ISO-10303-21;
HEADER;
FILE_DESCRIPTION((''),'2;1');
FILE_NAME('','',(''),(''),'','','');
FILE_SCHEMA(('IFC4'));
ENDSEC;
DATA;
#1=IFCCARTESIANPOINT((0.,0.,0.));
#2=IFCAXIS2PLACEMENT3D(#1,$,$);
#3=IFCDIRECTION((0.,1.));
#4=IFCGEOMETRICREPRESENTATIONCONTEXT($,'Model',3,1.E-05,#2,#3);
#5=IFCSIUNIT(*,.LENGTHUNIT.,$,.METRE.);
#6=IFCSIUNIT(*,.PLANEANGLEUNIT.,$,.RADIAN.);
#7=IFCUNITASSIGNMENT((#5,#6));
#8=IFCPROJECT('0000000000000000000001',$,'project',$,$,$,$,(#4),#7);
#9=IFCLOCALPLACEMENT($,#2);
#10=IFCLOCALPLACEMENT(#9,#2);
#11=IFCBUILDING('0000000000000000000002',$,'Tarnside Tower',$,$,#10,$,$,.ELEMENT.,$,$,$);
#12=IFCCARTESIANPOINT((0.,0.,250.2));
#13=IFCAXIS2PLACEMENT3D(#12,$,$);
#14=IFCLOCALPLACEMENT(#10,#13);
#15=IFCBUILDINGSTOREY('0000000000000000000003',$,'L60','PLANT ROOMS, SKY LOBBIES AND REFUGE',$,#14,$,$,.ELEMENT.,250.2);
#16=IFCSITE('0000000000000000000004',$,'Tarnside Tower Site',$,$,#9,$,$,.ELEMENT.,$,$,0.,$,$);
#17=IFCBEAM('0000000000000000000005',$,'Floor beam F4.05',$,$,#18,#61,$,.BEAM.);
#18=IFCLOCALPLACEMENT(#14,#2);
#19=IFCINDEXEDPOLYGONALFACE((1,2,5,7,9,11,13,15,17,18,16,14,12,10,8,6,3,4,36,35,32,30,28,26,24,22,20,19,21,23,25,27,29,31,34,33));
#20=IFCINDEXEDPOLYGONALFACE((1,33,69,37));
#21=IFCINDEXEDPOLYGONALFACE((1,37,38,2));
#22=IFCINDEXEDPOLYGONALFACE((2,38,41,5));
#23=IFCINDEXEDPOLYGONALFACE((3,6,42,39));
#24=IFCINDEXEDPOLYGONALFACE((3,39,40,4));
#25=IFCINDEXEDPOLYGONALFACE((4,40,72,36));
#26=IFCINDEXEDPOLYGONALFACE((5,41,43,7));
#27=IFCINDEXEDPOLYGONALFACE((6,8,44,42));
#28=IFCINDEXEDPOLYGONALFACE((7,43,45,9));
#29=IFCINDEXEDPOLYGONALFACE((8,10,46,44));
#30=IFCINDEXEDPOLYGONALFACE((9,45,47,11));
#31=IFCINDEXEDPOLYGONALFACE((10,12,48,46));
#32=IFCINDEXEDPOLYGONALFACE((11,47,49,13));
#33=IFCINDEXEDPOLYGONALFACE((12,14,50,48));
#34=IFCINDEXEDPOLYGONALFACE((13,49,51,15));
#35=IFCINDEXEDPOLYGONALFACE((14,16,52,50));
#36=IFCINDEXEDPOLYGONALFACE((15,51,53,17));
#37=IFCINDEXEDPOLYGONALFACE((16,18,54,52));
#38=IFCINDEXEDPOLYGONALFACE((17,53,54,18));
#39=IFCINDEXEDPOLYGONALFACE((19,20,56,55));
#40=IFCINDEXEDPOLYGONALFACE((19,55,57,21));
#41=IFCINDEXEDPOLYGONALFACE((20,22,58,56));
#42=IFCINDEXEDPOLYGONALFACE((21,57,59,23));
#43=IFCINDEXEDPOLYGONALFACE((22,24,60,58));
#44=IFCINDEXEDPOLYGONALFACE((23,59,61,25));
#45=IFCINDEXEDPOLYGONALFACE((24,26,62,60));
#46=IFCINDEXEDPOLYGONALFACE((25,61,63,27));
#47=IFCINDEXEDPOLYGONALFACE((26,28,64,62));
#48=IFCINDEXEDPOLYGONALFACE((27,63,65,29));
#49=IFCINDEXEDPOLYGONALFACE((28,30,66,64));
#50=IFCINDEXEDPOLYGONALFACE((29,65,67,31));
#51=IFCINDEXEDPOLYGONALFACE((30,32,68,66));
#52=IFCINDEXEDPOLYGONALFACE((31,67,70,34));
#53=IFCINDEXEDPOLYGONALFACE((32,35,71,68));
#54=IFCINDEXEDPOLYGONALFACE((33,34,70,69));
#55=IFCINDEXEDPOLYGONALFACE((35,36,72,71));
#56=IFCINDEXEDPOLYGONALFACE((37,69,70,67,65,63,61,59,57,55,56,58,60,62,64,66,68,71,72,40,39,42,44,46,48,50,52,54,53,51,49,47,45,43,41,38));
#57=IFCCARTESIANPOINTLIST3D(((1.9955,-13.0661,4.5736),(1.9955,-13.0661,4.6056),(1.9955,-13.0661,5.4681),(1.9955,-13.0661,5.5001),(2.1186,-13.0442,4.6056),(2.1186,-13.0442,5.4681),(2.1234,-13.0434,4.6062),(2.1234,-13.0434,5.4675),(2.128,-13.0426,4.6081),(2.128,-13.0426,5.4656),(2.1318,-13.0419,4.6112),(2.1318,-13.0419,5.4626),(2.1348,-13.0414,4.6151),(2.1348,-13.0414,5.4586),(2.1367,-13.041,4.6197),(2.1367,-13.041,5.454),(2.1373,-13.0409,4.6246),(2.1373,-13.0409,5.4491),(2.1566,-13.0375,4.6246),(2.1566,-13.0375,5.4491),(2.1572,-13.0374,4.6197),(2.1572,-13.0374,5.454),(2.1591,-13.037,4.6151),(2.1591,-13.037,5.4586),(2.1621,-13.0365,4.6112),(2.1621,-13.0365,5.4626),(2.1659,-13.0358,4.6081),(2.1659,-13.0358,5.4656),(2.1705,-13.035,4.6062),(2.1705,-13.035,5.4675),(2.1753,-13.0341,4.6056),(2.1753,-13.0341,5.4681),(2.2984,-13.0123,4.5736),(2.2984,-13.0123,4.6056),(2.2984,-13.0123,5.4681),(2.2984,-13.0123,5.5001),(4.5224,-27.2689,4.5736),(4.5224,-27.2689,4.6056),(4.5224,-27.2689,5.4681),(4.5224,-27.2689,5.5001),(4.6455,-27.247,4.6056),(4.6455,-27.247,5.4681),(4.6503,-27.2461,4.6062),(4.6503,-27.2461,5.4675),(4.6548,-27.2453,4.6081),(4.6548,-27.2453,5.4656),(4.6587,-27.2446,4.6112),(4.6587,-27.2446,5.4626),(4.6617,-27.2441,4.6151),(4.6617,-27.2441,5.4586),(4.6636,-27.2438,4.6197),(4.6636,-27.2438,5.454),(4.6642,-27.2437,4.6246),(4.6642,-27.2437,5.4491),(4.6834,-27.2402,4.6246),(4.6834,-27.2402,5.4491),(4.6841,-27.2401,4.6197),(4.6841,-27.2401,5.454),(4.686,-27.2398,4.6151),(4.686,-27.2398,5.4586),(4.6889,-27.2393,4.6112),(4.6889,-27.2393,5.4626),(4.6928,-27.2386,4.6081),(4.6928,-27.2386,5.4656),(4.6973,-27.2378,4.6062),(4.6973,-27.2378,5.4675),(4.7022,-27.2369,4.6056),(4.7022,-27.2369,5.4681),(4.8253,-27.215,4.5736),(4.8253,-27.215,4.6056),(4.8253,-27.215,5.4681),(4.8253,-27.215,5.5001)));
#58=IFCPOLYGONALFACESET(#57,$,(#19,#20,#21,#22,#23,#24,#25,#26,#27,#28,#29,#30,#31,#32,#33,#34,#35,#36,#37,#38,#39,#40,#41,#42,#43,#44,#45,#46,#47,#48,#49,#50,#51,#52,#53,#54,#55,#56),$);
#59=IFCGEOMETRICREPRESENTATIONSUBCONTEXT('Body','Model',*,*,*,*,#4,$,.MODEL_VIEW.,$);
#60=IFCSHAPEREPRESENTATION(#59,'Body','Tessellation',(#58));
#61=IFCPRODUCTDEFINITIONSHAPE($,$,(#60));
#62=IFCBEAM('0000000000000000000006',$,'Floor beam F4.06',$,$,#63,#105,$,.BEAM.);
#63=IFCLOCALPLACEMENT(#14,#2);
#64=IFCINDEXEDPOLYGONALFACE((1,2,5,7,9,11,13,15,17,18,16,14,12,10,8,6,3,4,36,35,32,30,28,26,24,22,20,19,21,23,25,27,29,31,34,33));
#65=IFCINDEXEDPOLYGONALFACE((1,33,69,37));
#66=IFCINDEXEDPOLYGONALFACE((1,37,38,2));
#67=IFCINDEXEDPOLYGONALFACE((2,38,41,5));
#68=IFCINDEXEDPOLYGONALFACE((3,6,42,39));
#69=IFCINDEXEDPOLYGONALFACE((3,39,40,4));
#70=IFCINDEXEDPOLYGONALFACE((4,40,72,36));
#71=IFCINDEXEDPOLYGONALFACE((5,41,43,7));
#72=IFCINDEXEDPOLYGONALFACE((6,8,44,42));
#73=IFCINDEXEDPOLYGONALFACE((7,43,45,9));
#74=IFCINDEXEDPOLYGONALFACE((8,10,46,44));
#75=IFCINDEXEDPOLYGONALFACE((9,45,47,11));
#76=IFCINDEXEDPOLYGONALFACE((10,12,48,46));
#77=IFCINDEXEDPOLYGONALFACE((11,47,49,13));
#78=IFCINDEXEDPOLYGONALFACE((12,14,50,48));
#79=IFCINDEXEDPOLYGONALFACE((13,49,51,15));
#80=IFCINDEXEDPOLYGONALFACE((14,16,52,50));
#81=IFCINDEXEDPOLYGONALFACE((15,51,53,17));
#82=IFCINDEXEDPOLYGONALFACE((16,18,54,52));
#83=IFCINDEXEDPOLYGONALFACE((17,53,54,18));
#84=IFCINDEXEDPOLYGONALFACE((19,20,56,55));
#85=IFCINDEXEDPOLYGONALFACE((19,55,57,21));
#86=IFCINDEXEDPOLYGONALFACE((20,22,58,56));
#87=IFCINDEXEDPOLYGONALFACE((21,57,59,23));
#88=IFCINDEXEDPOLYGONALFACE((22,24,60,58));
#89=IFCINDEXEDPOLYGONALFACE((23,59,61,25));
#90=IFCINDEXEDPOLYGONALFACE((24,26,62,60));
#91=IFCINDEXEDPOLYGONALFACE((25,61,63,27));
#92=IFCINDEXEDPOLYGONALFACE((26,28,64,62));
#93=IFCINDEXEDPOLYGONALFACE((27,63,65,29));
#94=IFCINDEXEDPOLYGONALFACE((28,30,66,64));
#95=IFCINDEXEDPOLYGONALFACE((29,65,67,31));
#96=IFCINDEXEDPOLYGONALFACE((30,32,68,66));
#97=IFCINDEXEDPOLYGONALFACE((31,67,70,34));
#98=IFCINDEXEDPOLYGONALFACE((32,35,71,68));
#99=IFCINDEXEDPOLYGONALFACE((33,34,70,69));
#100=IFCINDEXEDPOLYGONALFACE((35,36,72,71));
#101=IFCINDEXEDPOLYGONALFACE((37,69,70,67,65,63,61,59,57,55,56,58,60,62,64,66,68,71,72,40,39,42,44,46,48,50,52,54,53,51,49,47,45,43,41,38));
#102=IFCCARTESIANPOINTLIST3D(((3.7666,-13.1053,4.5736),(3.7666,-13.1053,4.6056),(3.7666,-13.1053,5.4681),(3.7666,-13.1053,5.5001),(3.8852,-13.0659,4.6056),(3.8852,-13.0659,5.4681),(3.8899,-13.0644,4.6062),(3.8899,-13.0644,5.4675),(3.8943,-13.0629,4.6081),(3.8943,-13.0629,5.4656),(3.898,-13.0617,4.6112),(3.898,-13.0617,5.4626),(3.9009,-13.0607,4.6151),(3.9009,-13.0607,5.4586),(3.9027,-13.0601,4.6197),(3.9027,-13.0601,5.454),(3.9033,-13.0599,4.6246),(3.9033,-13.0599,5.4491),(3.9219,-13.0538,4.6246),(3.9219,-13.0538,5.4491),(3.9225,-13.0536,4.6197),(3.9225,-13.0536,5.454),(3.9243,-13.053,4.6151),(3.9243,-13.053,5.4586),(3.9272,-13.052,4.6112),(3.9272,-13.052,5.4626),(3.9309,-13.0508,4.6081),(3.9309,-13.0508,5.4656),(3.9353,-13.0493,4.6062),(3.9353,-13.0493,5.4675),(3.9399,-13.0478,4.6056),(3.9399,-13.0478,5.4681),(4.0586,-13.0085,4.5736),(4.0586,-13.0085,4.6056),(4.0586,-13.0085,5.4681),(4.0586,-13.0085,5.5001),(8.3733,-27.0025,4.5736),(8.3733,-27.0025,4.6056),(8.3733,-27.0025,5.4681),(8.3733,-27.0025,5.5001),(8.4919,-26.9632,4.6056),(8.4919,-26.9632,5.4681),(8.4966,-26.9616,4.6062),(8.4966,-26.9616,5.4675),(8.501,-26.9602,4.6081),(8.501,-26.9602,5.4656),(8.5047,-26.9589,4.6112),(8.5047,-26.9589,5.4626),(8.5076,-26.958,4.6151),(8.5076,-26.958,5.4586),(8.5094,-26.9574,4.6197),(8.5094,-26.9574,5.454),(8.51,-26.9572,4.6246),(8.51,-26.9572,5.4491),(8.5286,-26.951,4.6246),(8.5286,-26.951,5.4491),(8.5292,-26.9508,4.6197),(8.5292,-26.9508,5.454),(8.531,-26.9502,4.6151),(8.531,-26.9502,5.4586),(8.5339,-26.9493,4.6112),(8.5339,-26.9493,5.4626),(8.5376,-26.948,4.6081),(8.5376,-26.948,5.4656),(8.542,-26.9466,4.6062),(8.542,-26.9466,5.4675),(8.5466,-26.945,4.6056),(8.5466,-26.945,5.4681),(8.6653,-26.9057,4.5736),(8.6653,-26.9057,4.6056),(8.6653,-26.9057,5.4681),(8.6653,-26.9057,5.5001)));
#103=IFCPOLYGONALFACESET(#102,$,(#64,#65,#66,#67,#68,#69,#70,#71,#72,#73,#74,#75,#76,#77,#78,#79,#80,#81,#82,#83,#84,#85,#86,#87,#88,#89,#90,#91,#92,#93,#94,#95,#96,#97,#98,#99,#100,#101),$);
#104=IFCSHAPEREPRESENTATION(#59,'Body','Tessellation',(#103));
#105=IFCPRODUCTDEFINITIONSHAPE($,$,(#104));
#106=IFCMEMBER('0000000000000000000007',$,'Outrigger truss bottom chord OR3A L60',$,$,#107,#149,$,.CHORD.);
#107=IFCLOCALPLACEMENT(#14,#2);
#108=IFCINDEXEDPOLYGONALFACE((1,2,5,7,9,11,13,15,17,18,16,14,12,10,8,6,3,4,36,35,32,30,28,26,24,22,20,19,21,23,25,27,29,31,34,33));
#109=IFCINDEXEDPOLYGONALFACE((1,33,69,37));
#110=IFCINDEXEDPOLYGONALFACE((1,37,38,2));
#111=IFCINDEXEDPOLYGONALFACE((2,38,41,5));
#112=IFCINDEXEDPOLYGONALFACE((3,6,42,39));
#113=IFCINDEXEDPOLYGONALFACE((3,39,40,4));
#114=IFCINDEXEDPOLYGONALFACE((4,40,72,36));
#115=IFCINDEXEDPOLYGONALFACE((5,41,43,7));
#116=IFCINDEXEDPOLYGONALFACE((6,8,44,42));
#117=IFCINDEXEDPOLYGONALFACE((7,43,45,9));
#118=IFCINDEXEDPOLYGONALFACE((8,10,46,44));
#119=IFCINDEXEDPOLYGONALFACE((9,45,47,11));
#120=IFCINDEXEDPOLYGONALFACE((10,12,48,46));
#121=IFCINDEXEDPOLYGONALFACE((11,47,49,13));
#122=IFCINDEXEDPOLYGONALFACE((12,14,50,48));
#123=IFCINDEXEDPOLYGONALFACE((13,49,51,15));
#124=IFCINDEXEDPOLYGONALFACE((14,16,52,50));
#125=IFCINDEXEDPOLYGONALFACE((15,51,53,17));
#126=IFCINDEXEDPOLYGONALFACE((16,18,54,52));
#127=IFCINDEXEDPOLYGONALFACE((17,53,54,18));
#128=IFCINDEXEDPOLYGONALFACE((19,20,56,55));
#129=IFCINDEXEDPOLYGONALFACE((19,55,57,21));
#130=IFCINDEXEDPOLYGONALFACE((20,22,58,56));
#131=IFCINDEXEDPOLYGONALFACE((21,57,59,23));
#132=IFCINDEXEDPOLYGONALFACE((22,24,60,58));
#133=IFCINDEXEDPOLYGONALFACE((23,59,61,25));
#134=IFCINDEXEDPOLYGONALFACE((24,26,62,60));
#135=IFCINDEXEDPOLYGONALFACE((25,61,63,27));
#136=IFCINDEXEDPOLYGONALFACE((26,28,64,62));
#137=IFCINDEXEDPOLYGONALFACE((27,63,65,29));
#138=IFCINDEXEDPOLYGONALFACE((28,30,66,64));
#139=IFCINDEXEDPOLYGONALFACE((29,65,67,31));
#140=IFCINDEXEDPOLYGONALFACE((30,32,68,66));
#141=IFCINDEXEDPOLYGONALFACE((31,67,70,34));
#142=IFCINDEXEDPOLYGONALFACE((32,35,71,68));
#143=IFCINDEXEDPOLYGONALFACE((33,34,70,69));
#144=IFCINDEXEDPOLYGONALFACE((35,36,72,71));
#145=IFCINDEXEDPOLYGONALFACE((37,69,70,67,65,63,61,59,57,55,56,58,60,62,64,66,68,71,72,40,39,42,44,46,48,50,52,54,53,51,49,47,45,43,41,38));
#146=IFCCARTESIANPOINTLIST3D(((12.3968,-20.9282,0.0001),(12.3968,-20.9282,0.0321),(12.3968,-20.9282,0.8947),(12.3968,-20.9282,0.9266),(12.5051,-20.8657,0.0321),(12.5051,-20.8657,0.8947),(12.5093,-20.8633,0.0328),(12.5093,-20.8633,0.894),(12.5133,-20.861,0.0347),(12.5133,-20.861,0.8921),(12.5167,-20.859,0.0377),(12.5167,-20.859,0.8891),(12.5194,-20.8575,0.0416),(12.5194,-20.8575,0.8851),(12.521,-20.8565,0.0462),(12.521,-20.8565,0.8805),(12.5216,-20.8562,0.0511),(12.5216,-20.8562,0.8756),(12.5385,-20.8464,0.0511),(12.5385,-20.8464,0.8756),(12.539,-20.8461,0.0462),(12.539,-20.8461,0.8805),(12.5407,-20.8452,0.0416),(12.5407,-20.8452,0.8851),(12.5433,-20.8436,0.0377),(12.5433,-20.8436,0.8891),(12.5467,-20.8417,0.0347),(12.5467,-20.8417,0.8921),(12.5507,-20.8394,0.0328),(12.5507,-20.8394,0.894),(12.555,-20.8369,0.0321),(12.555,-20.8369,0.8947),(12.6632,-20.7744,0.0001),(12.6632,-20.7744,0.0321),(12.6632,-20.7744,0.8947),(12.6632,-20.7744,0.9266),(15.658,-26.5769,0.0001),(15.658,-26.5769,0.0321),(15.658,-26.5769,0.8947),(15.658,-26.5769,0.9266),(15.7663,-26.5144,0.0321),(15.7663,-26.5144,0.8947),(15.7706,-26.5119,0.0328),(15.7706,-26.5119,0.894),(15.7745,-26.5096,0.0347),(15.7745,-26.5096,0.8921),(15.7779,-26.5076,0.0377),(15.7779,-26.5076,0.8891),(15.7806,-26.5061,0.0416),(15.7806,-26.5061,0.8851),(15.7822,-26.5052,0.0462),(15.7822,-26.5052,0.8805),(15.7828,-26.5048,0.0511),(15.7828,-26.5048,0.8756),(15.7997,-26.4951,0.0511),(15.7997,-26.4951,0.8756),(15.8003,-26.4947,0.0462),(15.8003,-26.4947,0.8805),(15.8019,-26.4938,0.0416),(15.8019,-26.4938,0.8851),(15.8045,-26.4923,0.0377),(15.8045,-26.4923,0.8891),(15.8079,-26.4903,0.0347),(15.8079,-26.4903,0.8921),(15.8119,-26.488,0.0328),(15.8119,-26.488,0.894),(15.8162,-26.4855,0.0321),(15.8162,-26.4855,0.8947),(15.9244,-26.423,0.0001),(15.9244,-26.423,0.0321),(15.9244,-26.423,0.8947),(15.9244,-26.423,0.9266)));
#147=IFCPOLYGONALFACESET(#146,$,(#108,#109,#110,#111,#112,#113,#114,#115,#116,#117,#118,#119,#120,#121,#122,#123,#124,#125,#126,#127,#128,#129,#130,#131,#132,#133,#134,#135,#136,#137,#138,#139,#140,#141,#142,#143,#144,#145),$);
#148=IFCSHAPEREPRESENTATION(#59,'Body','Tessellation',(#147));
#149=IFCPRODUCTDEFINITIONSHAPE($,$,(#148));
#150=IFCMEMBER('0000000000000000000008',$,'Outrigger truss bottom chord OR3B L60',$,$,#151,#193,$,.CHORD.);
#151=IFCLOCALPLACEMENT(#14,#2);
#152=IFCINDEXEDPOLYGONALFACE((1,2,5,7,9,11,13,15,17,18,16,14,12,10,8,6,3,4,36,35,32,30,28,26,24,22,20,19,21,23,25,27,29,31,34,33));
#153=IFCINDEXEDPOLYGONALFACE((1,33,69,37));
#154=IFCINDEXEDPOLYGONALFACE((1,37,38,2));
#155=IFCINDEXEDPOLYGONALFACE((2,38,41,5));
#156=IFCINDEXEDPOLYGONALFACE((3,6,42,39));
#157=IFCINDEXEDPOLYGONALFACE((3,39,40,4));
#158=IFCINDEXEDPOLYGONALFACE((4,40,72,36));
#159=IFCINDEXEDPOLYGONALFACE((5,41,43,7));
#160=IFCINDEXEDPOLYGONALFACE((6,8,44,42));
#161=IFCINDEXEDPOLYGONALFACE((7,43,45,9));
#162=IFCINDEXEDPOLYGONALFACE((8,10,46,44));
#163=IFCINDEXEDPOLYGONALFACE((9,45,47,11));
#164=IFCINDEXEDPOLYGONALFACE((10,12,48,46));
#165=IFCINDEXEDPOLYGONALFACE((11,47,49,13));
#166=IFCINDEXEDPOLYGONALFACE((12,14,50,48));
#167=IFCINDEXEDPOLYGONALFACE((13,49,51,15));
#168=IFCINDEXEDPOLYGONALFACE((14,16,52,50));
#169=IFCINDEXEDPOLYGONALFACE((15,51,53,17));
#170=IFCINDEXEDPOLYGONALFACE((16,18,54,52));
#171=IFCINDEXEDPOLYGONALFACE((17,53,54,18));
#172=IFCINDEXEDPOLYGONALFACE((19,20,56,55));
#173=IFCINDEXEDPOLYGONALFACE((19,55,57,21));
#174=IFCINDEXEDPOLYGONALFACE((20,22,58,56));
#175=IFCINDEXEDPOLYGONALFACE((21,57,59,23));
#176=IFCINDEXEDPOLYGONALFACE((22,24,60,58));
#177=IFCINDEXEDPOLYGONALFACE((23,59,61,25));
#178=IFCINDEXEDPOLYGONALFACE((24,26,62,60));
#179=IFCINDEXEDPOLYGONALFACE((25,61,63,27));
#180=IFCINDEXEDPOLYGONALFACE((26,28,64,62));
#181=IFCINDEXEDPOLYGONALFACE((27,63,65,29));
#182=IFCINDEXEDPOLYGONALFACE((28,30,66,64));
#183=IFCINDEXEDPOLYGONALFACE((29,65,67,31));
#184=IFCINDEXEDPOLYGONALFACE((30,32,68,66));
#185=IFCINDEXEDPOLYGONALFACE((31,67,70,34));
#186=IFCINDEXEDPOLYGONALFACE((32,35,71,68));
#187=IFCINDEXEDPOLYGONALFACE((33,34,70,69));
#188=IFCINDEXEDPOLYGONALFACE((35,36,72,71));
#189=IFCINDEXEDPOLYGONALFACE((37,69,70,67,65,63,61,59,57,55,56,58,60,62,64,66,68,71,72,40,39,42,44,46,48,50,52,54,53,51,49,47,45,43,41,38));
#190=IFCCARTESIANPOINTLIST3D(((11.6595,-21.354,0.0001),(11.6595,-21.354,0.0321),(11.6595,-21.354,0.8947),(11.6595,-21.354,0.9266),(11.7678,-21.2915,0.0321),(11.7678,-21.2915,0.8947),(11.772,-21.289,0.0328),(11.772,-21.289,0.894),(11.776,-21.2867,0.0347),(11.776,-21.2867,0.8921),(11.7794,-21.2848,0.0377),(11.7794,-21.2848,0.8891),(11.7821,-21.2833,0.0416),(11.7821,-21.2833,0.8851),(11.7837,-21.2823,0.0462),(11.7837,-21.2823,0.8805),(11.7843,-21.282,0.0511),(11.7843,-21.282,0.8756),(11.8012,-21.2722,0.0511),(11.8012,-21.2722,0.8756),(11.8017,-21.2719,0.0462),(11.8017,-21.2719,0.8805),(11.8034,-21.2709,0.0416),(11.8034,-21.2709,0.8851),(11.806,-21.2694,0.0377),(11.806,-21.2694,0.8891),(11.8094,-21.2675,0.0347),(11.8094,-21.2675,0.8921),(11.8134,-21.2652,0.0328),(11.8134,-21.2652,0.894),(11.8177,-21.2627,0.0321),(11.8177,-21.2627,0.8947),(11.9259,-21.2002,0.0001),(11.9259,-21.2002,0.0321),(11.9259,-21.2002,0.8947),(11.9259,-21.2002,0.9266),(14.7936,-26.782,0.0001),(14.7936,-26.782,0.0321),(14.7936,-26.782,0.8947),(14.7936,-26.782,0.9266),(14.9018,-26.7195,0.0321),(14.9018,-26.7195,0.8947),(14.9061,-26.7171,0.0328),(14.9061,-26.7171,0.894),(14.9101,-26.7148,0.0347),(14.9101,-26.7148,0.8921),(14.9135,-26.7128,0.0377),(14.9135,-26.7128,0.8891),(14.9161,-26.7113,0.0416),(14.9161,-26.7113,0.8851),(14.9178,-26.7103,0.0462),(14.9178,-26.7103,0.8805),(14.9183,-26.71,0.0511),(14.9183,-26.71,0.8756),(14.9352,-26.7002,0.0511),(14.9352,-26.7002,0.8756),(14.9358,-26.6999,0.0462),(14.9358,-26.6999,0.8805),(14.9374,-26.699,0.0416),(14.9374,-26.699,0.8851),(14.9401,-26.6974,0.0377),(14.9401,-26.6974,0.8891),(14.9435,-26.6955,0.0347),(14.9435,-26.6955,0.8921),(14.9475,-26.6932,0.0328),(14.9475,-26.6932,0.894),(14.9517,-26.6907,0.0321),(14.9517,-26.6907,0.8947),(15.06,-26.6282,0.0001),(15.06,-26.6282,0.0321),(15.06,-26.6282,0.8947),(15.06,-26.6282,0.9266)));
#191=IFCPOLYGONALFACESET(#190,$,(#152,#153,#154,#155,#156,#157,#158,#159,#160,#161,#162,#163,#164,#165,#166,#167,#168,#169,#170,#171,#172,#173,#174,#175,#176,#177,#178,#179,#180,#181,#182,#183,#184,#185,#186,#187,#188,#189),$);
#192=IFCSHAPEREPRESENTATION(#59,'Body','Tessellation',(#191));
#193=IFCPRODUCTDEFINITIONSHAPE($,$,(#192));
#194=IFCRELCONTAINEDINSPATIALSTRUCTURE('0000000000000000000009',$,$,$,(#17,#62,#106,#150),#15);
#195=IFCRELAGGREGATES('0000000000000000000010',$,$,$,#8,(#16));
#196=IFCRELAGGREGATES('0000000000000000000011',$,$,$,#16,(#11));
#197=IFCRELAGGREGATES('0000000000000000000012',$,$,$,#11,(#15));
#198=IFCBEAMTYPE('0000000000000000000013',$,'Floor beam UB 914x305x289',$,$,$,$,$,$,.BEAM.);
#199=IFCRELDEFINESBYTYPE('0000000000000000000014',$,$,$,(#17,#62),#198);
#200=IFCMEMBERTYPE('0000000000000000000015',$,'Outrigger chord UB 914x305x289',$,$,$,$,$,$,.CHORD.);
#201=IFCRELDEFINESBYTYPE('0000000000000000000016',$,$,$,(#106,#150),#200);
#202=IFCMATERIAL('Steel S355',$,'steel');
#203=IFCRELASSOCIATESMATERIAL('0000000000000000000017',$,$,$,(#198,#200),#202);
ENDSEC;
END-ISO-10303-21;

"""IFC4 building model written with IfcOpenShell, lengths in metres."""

from ifc_helpers import new_model, si_unit, direction, frame, origin, origin_2d, place, context, subcontext, project, spatial, i_section, extrude, material, material_profile, profile_set, type_object, element, save


model = new_model("IFC4")

# Units and contexts
model_context = context("Model", 3, precision=1e-05, world=origin(), true_north=direction((0.0, 1.0)))
body_context = subcontext(model_context, "Body", "Model", "MODEL_VIEW")
ifc_project = project(units=[si_unit("LENGTHUNIT", "METRE"), si_unit("PLANEANGLEUNIT", "RADIAN")], contexts=[model_context])

# Site, building, storey
site_placement = place(None, origin())
site = spatial("IfcSite", under=ifc_project, at=site_placement, Name="Tarnside Tower Site", CompositionType="ELEMENT", RefElevation=0.0)
building_placement = place(site_placement, origin())
building = spatial("IfcBuilding", under=site, at=building_placement, Name="Tarnside Tower", CompositionType="ELEMENT")
storey_placement = place(building_placement, frame((0.0, 0.0, 250.2)))
storey = spatial("IfcBuildingStorey", under=building, at=storey_placement, Name="L60", Description="PLANT ROOMS, SKY LOBBIES AND REFUGE", CompositionType="ELEMENT", Elevation=250.2)

# Beams
ifc_material_1 = material(Name="Steel S355", Category="steel")
ifc_material_profile_1 = material_profile(ifc_material_1, i_section(OverallWidth=0.3076, OverallDepth=0.9265, WebThickness=0.0195, FlangeThickness=0.032, FilletRadius=0.019, at=origin_2d()), Name="UB 914x305x289")
ifc_profile_set_1 = profile_set([ifc_material_profile_1], Name="Steel S355")
beam_type = type_object("IfcBeamType", Name="Floor beam UB 914x305x289", PredefinedType="BEAM", material=ifc_profile_set_1)
beam_1_placement = place(storey_placement, frame((4.6738, -27.2419, 5.0369), z_axis=(-0.175164, 0.984539, 0.0), x_axis=(-0.984539, -0.175164, 0.0)))
element("IfcBeam", 1, at=beam_1_placement, inside=storey, type_object=beam_type, Name="Floor beam F4.05", PredefinedType="BEAM", context=body_context, shape_type="SweptSolid", body=[
    extrude(i_section(OverallWidth=0.3076, OverallDepth=0.9265, WebThickness=0.0195, FlangeThickness=0.032, FilletRadius=0.019, at=origin_2d()), origin(), (0.0, 0.0, 1.0), 14.4258),
])
beam_2_placement = place(storey_placement, frame((8.5193, -26.9541, 5.0369), z_axis=(-0.314647, 0.949209, 0.0), x_axis=(-0.949209, -0.314647, 0.0)))
element("IfcBeam", 2, at=beam_2_placement, inside=storey, type_object=beam_type, Name="Floor beam F4.06", PredefinedType="BEAM", context=body_context, shape_type="SweptSolid", body=[
    extrude(i_section(OverallWidth=0.3076, OverallDepth=0.9265, WebThickness=0.0195, FlangeThickness=0.032, FilletRadius=0.019, at=origin_2d()), origin(), (0.0, 0.0, 1.0), 14.6409),
])

# Members
ifc_material_profile_2 = material_profile(ifc_material_1, i_section(OverallWidth=0.3076, OverallDepth=0.9265, WebThickness=0.0195, FlangeThickness=0.032, FilletRadius=0.019, at=origin_2d()), Name="UB 914x305x289")
ifc_profile_set_2 = profile_set([ifc_material_profile_2], Name="Steel S355")
member_type_1 = type_object("IfcMemberType", Name="Outrigger chord UB 914x305x289", PredefinedType="CHORD", material=ifc_profile_set_2)
member_1_placement = place(storey_placement, frame((12.53, -20.8513, 0.4634), z_axis=(0.499996, -0.866028, 0.0), x_axis=(0.866028, 0.499996, 0.0)))
element("IfcMember", 3, at=member_1_placement, inside=storey, type_object=member_type_1, Name="Outrigger truss bottom chord OR3A L60", PredefinedType="CHORD", context=body_context, shape_type="SweptSolid", body=[
    extrude(i_section(OverallWidth=0.3076, OverallDepth=0.9265, WebThickness=0.0195, FlangeThickness=0.032, FilletRadius=0.019, at=origin_2d()), origin(), (0.0, 0.0, 1.0), 6.5225),
])
member_2_placement = place(storey_placement, frame((11.7927, -21.2771, 0.4634), z_axis=(0.500023, -0.866012, 0.0), x_axis=(0.866012, 0.500023, 0.0)))
element("IfcMember", 4, at=member_2_placement, inside=storey, type_object=member_type_1, Name="Outrigger truss bottom chord OR3B L60", PredefinedType="CHORD", context=body_context, shape_type="SweptSolid", body=[
    extrude(i_section(OverallWidth=0.3076, OverallDepth=0.9265, WebThickness=0.0195, FlangeThickness=0.032, FilletRadius=0.019, at=origin_2d()), origin(), (0.0, 0.0, 1.0), 6.2678),
])

save(model, "model.ifc")
